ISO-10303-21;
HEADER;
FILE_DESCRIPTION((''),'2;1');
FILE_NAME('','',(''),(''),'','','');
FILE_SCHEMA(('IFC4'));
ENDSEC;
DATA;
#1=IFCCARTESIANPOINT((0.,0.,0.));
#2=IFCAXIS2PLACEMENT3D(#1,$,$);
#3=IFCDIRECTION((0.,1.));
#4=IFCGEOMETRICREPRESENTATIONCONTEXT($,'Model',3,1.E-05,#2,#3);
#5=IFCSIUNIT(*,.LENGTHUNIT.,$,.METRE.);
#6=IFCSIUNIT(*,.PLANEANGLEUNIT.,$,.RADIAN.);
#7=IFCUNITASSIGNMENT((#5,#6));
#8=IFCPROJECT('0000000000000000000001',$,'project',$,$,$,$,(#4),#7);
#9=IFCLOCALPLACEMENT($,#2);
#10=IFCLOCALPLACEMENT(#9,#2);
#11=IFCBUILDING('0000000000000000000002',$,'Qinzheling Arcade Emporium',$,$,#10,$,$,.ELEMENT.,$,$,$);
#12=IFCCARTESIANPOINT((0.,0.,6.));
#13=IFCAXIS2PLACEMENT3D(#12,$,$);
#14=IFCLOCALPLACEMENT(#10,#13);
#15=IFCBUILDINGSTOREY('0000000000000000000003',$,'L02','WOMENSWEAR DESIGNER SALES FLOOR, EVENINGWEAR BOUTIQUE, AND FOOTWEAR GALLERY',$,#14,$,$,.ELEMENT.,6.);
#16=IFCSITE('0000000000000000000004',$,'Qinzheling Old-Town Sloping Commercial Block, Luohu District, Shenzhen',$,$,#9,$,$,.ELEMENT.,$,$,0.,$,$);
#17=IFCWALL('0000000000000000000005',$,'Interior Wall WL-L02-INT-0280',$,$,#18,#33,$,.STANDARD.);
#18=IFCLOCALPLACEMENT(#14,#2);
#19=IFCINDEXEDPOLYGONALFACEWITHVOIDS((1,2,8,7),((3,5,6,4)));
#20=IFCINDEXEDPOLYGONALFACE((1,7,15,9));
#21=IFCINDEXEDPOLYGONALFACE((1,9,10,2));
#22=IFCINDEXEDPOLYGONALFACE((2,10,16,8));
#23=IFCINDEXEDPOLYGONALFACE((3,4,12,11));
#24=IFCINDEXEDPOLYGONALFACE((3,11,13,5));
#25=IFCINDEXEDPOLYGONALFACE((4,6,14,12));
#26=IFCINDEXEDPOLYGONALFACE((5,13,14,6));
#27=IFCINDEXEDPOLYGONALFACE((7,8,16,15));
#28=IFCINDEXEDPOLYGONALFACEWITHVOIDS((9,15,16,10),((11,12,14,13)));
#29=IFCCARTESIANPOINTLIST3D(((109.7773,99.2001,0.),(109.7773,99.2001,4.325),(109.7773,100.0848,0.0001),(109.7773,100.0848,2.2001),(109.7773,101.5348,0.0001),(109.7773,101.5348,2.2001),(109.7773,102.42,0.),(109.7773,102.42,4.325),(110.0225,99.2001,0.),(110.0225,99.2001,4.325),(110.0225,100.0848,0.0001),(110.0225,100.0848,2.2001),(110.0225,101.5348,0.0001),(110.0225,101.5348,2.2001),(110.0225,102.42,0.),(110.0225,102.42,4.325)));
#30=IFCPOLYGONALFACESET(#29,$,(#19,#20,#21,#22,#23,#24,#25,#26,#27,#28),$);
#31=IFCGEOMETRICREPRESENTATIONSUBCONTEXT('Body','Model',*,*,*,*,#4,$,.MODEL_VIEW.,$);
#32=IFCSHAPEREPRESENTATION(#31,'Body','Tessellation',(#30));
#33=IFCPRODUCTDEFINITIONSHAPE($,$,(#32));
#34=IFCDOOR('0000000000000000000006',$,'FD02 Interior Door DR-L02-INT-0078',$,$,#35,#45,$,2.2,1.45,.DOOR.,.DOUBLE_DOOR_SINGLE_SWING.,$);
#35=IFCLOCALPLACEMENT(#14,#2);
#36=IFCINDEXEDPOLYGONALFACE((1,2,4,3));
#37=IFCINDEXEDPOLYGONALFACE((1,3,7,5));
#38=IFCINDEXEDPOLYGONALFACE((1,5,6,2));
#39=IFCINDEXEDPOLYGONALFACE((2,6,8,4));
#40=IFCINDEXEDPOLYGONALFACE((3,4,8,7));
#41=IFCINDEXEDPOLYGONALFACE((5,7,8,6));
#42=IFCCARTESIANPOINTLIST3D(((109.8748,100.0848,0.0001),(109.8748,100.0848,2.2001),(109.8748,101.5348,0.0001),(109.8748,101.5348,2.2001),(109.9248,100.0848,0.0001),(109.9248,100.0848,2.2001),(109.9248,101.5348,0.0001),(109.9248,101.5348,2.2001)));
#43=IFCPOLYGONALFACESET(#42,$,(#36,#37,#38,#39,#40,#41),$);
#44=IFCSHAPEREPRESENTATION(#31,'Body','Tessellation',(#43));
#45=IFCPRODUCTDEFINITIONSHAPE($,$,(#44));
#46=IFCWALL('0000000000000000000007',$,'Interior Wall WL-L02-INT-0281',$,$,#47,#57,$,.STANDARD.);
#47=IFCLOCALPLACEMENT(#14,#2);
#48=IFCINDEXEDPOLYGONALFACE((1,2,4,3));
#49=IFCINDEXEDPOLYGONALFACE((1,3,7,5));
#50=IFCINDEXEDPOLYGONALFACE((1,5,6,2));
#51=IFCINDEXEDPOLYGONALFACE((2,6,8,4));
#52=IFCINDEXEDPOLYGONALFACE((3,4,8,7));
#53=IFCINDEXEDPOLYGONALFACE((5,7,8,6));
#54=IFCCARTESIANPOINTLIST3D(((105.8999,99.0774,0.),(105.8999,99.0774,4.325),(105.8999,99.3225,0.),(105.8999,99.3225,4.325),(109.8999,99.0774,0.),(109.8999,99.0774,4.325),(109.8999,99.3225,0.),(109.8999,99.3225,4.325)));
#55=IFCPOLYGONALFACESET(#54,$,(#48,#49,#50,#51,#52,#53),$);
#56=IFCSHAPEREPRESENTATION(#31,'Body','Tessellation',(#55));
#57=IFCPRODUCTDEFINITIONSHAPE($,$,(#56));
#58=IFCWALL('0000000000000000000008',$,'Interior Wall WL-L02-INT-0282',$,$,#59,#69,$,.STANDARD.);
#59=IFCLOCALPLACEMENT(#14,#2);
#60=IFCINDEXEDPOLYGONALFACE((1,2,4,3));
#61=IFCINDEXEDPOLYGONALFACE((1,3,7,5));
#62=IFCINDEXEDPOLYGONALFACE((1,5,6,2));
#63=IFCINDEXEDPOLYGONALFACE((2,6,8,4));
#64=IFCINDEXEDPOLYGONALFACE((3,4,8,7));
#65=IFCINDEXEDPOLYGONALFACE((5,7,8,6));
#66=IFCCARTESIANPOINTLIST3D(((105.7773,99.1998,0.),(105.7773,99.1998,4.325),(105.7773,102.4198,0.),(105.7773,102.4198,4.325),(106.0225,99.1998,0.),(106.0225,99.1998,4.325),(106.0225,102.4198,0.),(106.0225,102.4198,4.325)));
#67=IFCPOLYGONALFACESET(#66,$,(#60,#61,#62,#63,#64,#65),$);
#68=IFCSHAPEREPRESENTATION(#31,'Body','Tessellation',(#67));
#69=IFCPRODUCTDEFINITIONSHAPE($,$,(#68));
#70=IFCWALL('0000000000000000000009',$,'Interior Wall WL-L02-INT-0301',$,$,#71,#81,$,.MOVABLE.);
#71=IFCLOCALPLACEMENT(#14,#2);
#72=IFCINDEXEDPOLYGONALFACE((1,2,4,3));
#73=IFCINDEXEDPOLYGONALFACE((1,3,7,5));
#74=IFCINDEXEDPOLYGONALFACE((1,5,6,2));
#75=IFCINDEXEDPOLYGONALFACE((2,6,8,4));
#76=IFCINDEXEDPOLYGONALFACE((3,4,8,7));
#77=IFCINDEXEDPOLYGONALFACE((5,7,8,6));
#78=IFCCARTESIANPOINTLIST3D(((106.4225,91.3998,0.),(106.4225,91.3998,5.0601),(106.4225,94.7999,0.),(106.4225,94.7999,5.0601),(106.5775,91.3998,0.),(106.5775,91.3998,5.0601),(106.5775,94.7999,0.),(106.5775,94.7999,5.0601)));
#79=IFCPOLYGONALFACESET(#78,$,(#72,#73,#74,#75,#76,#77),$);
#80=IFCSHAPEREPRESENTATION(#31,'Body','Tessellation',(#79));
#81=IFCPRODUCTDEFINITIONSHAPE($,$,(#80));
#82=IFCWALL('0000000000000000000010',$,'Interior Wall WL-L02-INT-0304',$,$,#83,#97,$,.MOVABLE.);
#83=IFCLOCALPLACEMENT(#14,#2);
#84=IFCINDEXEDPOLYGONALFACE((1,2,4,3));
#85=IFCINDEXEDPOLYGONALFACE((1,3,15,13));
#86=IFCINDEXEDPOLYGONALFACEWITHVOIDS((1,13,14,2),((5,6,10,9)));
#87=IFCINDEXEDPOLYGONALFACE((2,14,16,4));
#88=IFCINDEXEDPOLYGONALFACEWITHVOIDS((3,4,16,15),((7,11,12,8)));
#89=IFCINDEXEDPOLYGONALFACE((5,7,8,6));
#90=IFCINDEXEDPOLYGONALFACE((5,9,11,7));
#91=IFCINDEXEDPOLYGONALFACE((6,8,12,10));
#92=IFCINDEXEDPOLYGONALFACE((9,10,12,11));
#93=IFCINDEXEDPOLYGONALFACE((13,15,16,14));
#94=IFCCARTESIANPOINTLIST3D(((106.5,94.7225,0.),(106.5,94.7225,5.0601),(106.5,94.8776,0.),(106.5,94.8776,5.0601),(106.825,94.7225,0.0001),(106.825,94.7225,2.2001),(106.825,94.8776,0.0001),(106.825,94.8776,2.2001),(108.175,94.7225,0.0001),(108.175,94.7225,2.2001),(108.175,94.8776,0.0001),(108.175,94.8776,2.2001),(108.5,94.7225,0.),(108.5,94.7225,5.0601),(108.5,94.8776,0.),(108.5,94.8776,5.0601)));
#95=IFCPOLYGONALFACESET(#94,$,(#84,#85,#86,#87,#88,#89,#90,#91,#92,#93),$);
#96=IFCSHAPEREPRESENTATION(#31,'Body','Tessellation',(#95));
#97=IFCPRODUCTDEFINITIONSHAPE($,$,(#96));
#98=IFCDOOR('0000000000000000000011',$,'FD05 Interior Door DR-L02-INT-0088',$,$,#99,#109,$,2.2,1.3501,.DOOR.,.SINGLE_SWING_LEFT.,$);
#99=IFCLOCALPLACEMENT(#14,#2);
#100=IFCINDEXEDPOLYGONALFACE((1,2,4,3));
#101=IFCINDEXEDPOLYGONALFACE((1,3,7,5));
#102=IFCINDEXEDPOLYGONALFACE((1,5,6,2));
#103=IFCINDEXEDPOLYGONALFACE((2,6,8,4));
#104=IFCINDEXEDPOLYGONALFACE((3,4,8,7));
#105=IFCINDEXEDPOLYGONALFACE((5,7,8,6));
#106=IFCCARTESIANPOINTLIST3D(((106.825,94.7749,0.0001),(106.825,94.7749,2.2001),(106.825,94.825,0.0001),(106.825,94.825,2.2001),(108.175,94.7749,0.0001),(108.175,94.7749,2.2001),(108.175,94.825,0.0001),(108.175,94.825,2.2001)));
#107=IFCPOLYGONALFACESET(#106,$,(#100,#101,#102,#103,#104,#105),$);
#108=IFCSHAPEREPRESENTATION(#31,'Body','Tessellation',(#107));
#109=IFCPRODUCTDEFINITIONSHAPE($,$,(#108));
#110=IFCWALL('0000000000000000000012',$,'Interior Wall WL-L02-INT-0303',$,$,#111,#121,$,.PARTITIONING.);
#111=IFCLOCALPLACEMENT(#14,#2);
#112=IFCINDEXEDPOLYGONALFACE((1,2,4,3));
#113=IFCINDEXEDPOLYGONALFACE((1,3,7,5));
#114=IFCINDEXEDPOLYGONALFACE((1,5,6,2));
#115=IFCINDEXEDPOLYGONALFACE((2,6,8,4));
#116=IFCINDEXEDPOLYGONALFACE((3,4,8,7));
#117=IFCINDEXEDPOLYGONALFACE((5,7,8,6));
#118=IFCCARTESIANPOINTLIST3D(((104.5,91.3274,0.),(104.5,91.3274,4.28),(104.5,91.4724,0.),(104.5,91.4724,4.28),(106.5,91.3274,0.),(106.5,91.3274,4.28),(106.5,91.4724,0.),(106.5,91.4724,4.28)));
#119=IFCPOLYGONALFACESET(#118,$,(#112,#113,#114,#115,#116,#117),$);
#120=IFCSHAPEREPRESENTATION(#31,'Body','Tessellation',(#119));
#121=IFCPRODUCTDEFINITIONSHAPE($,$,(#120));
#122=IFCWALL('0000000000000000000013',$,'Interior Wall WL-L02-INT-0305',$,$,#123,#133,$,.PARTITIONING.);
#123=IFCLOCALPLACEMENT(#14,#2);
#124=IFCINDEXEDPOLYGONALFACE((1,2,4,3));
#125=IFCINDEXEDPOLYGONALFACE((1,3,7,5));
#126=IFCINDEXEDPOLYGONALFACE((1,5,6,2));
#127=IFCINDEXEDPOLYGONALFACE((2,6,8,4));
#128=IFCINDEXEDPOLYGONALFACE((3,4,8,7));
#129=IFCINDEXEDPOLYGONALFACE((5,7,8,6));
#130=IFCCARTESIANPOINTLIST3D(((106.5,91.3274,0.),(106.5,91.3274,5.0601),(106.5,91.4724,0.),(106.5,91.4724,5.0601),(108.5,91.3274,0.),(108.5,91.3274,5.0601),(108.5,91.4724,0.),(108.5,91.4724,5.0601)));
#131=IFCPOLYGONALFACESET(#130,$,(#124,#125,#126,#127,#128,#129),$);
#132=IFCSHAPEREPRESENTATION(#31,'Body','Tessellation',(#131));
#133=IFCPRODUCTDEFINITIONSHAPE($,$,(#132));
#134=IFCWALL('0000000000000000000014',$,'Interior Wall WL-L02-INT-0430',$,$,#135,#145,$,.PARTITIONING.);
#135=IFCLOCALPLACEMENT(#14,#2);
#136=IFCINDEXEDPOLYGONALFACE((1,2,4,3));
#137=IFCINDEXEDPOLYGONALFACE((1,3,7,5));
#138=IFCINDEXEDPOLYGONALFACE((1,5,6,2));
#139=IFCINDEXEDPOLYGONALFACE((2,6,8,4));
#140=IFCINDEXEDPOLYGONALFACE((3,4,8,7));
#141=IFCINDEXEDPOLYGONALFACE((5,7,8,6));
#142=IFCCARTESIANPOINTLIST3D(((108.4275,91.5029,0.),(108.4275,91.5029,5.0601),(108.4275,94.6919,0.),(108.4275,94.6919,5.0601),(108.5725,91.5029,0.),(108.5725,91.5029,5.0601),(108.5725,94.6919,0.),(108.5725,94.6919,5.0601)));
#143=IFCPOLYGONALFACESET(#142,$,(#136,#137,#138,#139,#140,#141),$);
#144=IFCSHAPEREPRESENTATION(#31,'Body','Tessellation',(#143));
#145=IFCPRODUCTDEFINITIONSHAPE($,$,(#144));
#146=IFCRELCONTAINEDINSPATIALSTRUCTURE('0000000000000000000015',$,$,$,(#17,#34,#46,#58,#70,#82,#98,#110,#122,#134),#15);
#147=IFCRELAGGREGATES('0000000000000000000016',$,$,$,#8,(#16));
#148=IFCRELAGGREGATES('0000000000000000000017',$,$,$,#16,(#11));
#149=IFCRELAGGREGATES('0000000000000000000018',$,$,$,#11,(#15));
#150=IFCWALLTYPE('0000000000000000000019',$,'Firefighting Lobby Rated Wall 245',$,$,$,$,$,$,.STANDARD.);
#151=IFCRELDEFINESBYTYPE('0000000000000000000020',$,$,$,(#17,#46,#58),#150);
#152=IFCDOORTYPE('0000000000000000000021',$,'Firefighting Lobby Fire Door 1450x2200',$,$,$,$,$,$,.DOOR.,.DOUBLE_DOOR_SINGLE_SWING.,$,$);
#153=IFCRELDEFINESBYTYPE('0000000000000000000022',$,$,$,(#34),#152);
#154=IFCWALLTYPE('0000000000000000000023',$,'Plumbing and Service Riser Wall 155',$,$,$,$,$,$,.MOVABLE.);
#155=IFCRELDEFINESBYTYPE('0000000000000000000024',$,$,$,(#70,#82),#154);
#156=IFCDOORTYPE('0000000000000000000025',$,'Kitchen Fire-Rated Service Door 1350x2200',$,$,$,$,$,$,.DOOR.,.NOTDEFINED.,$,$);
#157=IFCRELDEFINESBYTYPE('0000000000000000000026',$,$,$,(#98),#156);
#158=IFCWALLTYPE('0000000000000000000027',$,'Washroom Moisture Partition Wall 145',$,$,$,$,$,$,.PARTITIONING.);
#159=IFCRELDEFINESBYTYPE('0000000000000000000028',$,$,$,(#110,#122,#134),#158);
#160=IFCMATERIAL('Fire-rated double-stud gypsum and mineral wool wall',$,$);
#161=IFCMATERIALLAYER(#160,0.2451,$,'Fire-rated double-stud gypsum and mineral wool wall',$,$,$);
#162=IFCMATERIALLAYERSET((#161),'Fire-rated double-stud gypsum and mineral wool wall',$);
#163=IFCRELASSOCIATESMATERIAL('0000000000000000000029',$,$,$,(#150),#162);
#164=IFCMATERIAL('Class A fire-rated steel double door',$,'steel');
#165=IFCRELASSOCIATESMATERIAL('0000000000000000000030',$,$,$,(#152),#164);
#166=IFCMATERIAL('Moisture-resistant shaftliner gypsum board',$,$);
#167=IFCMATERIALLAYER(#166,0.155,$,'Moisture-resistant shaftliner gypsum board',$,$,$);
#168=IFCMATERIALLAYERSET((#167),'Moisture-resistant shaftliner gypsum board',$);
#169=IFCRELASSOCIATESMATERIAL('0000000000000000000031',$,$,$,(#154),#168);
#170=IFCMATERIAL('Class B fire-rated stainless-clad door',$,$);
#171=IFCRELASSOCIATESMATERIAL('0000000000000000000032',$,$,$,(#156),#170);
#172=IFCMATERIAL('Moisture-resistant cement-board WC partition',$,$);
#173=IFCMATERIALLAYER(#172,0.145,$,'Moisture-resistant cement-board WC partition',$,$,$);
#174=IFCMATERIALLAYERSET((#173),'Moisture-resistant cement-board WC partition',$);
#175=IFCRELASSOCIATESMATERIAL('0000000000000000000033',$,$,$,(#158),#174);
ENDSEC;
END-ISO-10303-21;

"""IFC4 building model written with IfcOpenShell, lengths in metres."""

from ifc_helpers import new_model, si_unit, direction, frame, frame_2d, origin, place, context, subcontext, project, spatial, rectangle, extrude, material, layer, layer_set, type_object, element, fill, save


model = new_model("IFC4")

# Units and contexts
model_context = context("Model", 3, precision=1e-05, world=origin(), true_north=direction((0.0, 1.0)))
body_context = subcontext(model_context, "Body", "Model", "MODEL_VIEW")
ifc_project = project(units=[si_unit("LENGTHUNIT", "METRE"), si_unit("PLANEANGLEUNIT", "RADIAN")], contexts=[model_context])

# Site, building, storey
site_placement = place(None, origin())
site = spatial("IfcSite", under=ifc_project, at=site_placement, Name="Qinzheling Old-Town Sloping Commercial Block, Luohu District, Shenzhen", CompositionType="ELEMENT", RefElevation=0.0)
building_placement = place(site_placement, origin())
building = spatial("IfcBuilding", under=site, at=building_placement, Name="Qinzheling Arcade Emporium", CompositionType="ELEMENT")
storey_placement = place(building_placement, frame((0.0, 0.0, 6.0)))
storey = spatial("IfcBuildingStorey", under=building, at=storey_placement, Name="L02", Description="WOMENSWEAR DESIGNER SALES FLOOR, EVENINGWEAR BOUTIQUE, AND FOOTWEAR GALLERY", CompositionType="ELEMENT", Elevation=6.0)

# Wall, opening, door
ifc_material_1 = material(Name="Fire-rated double-stud gypsum and mineral wool wall")
ifc_layer_1 = layer(ifc_material_1, 0.2451, Name="Fire-rated double-stud gypsum and mineral wool wall")
ifc_layer_set_1 = layer_set([ifc_layer_1], Name="Fire-rated double-stud gypsum and mineral wool wall")
wall_type_1 = type_object("IfcWallType", Name="Firefighting Lobby Rated Wall 245", PredefinedType="STANDARD", material=ifc_layer_set_1)
wall_1_placement = place(storey_placement, frame((109.8999, 102.4199, 0.0), z_axis=(0.0, 0.0, 1.0), x_axis=(0.0, -1.0, 0.0)))
wall_1 = element("IfcWall", 1, at=wall_1_placement, inside=storey, type_object=wall_type_1, Name="Interior Wall WL-L02-INT-0280", PredefinedType="STANDARD", context=body_context, shape_type="SweptSolid", body=[
    extrude(rectangle(XDim=3.22, YDim=0.2451, at=frame_2d((1.6099, 0.0))), origin(), (0.0, 0.0, 1.0), 4.325),
])
opening_1_placement = place(wall_1_placement, frame((0.885, 0.0, 0.0)))
opening_1 = element("IfcOpeningElement", 2, at=opening_1_placement, cuts=wall_1, PredefinedType="OPENING", context=body_context, shape_type="SweptSolid", body=[
    extrude(rectangle(XDim=1.45, YDim=2.2, at=frame_2d((0.7251, 1.1001))), frame((0.0, 0.1326, 0.0), z_axis=(0.0, -1.0, 0.0), x_axis=(1.0, 0.0, 0.0)), (0.0, 0.0, 1.0), 0.2651),
])
ifc_material_2 = material(Name="Class A fire-rated steel double door", Category="steel")
door_type_1 = type_object("IfcDoorType", Name="Firefighting Lobby Fire Door 1450x2200", OperationType="DOUBLE_DOOR_SINGLE_SWING", PredefinedType="DOOR", material=ifc_material_2)
door_1_placement = place(opening_1_placement, origin())
door_1 = element("IfcDoor", 3, at=door_1_placement, inside=storey, type_object=door_type_1, Name="FD02 Interior Door DR-L02-INT-0078", OperationType="DOUBLE_DOOR_SINGLE_SWING", OverallHeight=2.2, OverallWidth=1.45, PredefinedType="DOOR", context=body_context, shape_type="SweptSolid", body=[
    extrude(rectangle(XDim=1.45, YDim=2.2, at=frame_2d((0.7251, 1.1001))), frame((0.0, 0.0249, 0.0), z_axis=(0.0, -1.0, 0.0), x_axis=(1.0, 0.0, 0.0)), (0.0, 0.0, 1.0), 0.05),
])
fill(opening_1, door_1)

# Walls
wall_2_placement = place(storey_placement, frame((109.8999, 99.2, 0.0), z_axis=(0.0, 0.0, 1.0), x_axis=(-1.0, 0.0, 0.0)))
element("IfcWall", 4, at=wall_2_placement, inside=storey, type_object=wall_type_1, Name="Interior Wall WL-L02-INT-0281", PredefinedType="STANDARD", context=body_context, shape_type="SweptSolid", body=[
    extrude(rectangle(XDim=4.0, YDim=0.2451, at=frame_2d((2.0, 0.0))), origin(), (0.0, 0.0, 1.0), 4.325),
])
wall_3_placement = place(storey_placement, frame((105.8999, 99.2, 0.0), z_axis=(0.0, 0.0, 1.0), x_axis=(0.0, 1.0, 0.0)))
element("IfcWall", 5, at=wall_3_placement, inside=storey, type_object=wall_type_1, Name="Interior Wall WL-L02-INT-0282", PredefinedType="STANDARD", context=body_context, shape_type="SweptSolid", body=[
    extrude(rectangle(XDim=3.22, YDim=0.2451, at=frame_2d((1.6099, 0.0))), origin(), (0.0, 0.0, 1.0), 4.325),
])
ifc_material_3 = material(Name="Moisture-resistant shaftliner gypsum board")
ifc_layer_2 = layer(ifc_material_3, 0.155, Name="Moisture-resistant shaftliner gypsum board")
ifc_layer_set_2 = layer_set([ifc_layer_2], Name="Moisture-resistant shaftliner gypsum board")
wall_type_2 = type_object("IfcWallType", Name="Plumbing and Service Riser Wall 155", PredefinedType="MOVABLE", material=ifc_layer_set_2)
wall_4_placement = place(storey_placement, frame((106.5, 94.8, 0.0), z_axis=(0.0, 0.0, 1.0), x_axis=(0.0, -1.0, 0.0)))
element("IfcWall", 6, at=wall_4_placement, inside=storey, type_object=wall_type_2, Name="Interior Wall WL-L02-INT-0301", PredefinedType="MOVABLE", context=body_context, shape_type="SweptSolid", body=[
    extrude(rectangle(XDim=3.4001, YDim=0.155, at=frame_2d((1.7002, 0.0))), origin(), (0.0, 0.0, 1.0), 5.0601),
])

# Wall, opening, door
wall_5_placement = place(storey_placement, frame((106.5, 94.8, 0.0), z_axis=(0.0, 0.0, 1.0), x_axis=(1.0, 0.0, 0.0)))
wall_5 = element("IfcWall", 7, at=wall_5_placement, inside=storey, type_object=wall_type_2, Name="Interior Wall WL-L02-INT-0304", PredefinedType="MOVABLE", context=body_context, shape_type="SweptSolid", body=[
    extrude(rectangle(XDim=2.0, YDim=0.155, at=frame_2d((1.0, 0.0))), origin(), (0.0, 0.0, 1.0), 5.0601),
])
opening_2_placement = place(wall_5_placement, frame((0.325, 0.0, 0.0)))
opening_2 = element("IfcOpeningElement", 8, at=opening_2_placement, cuts=wall_5, PredefinedType="OPENING", context=body_context, shape_type="SweptSolid", body=[
    extrude(rectangle(XDim=1.3501, YDim=2.2, at=frame_2d((0.675, 1.1001))), frame((0.0, 0.0874, 0.0), z_axis=(0.0, -1.0, 0.0), x_axis=(1.0, 0.0, 0.0)), (0.0, 0.0, 1.0), 0.175),
])
ifc_material_4 = material(Name="Class B fire-rated stainless-clad door")
door_type_2 = type_object("IfcDoorType", Name="Kitchen Fire-Rated Service Door 1350x2200", OperationType="NOTDEFINED", PredefinedType="DOOR", material=ifc_material_4)
door_2_placement = place(opening_2_placement, origin())
door_2 = element("IfcDoor", 9, at=door_2_placement, inside=storey, type_object=door_type_2, Name="FD05 Interior Door DR-L02-INT-0088", OperationType="SINGLE_SWING_LEFT", OverallHeight=2.2, OverallWidth=1.3501, PredefinedType="DOOR", context=body_context, shape_type="SweptSolid", body=[
    extrude(rectangle(XDim=1.3501, YDim=2.2, at=frame_2d((0.675, 1.1001))), frame((0.0, 0.0249, 0.0), z_axis=(0.0, -1.0, 0.0), x_axis=(1.0, 0.0, 0.0)), (0.0, 0.0, 1.0), 0.05),
])
fill(opening_2, door_2)
ifc_material_5 = material(Name="Moisture-resistant cement-board WC partition")
ifc_layer_3 = layer(ifc_material_5, 0.145, Name="Moisture-resistant cement-board WC partition")
ifc_layer_set_3 = layer_set([ifc_layer_3], Name="Moisture-resistant cement-board WC partition")
wall_type_3 = type_object("IfcWallType", Name="Washroom Moisture Partition Wall 145", PredefinedType="PARTITIONING", material=ifc_layer_set_3)

# Walls
wall_6_placement = place(storey_placement, frame((106.5, 91.3999, 0.0), z_axis=(0.0, 0.0, 1.0), x_axis=(-1.0, 0.0, 0.0)))
element("IfcWall", 10, at=wall_6_placement, inside=storey, type_object=wall_type_3, Name="Interior Wall WL-L02-INT-0303", PredefinedType="PARTITIONING", context=body_context, shape_type="SweptSolid", body=[
    extrude(rectangle(XDim=2.0, YDim=0.145, at=frame_2d((1.0, 0.0))), origin(), (0.0, 0.0, 1.0), 4.28),
])
wall_7_placement = place(storey_placement, frame((108.5, 91.3999, 0.0), z_axis=(0.0, 0.0, 1.0), x_axis=(-1.0, 0.0, 0.0)))
element("IfcWall", 11, at=wall_7_placement, inside=storey, type_object=wall_type_3, Name="Interior Wall WL-L02-INT-0305", PredefinedType="PARTITIONING", context=body_context, shape_type="SweptSolid", body=[
    extrude(rectangle(XDim=2.0, YDim=0.145, at=frame_2d((1.0, 0.0))), origin(), (0.0, 0.0, 1.0), 5.0601),
])
wall_8_placement = place(storey_placement, frame((108.5, 94.6919, 0.0), z_axis=(0.0, 0.0, 1.0), x_axis=(0.0, -1.0, 0.0)))
element("IfcWall", 12, at=wall_8_placement, inside=storey, type_object=wall_type_3, Name="Interior Wall WL-L02-INT-0430", PredefinedType="PARTITIONING", context=body_context, shape_type="SweptSolid", body=[
    extrude(rectangle(XDim=3.189, YDim=0.145, at=frame_2d((1.5945, 0.0))), origin(), (0.0, 0.0, 1.0), 5.0601),
])

save(model, "model.ifc")
